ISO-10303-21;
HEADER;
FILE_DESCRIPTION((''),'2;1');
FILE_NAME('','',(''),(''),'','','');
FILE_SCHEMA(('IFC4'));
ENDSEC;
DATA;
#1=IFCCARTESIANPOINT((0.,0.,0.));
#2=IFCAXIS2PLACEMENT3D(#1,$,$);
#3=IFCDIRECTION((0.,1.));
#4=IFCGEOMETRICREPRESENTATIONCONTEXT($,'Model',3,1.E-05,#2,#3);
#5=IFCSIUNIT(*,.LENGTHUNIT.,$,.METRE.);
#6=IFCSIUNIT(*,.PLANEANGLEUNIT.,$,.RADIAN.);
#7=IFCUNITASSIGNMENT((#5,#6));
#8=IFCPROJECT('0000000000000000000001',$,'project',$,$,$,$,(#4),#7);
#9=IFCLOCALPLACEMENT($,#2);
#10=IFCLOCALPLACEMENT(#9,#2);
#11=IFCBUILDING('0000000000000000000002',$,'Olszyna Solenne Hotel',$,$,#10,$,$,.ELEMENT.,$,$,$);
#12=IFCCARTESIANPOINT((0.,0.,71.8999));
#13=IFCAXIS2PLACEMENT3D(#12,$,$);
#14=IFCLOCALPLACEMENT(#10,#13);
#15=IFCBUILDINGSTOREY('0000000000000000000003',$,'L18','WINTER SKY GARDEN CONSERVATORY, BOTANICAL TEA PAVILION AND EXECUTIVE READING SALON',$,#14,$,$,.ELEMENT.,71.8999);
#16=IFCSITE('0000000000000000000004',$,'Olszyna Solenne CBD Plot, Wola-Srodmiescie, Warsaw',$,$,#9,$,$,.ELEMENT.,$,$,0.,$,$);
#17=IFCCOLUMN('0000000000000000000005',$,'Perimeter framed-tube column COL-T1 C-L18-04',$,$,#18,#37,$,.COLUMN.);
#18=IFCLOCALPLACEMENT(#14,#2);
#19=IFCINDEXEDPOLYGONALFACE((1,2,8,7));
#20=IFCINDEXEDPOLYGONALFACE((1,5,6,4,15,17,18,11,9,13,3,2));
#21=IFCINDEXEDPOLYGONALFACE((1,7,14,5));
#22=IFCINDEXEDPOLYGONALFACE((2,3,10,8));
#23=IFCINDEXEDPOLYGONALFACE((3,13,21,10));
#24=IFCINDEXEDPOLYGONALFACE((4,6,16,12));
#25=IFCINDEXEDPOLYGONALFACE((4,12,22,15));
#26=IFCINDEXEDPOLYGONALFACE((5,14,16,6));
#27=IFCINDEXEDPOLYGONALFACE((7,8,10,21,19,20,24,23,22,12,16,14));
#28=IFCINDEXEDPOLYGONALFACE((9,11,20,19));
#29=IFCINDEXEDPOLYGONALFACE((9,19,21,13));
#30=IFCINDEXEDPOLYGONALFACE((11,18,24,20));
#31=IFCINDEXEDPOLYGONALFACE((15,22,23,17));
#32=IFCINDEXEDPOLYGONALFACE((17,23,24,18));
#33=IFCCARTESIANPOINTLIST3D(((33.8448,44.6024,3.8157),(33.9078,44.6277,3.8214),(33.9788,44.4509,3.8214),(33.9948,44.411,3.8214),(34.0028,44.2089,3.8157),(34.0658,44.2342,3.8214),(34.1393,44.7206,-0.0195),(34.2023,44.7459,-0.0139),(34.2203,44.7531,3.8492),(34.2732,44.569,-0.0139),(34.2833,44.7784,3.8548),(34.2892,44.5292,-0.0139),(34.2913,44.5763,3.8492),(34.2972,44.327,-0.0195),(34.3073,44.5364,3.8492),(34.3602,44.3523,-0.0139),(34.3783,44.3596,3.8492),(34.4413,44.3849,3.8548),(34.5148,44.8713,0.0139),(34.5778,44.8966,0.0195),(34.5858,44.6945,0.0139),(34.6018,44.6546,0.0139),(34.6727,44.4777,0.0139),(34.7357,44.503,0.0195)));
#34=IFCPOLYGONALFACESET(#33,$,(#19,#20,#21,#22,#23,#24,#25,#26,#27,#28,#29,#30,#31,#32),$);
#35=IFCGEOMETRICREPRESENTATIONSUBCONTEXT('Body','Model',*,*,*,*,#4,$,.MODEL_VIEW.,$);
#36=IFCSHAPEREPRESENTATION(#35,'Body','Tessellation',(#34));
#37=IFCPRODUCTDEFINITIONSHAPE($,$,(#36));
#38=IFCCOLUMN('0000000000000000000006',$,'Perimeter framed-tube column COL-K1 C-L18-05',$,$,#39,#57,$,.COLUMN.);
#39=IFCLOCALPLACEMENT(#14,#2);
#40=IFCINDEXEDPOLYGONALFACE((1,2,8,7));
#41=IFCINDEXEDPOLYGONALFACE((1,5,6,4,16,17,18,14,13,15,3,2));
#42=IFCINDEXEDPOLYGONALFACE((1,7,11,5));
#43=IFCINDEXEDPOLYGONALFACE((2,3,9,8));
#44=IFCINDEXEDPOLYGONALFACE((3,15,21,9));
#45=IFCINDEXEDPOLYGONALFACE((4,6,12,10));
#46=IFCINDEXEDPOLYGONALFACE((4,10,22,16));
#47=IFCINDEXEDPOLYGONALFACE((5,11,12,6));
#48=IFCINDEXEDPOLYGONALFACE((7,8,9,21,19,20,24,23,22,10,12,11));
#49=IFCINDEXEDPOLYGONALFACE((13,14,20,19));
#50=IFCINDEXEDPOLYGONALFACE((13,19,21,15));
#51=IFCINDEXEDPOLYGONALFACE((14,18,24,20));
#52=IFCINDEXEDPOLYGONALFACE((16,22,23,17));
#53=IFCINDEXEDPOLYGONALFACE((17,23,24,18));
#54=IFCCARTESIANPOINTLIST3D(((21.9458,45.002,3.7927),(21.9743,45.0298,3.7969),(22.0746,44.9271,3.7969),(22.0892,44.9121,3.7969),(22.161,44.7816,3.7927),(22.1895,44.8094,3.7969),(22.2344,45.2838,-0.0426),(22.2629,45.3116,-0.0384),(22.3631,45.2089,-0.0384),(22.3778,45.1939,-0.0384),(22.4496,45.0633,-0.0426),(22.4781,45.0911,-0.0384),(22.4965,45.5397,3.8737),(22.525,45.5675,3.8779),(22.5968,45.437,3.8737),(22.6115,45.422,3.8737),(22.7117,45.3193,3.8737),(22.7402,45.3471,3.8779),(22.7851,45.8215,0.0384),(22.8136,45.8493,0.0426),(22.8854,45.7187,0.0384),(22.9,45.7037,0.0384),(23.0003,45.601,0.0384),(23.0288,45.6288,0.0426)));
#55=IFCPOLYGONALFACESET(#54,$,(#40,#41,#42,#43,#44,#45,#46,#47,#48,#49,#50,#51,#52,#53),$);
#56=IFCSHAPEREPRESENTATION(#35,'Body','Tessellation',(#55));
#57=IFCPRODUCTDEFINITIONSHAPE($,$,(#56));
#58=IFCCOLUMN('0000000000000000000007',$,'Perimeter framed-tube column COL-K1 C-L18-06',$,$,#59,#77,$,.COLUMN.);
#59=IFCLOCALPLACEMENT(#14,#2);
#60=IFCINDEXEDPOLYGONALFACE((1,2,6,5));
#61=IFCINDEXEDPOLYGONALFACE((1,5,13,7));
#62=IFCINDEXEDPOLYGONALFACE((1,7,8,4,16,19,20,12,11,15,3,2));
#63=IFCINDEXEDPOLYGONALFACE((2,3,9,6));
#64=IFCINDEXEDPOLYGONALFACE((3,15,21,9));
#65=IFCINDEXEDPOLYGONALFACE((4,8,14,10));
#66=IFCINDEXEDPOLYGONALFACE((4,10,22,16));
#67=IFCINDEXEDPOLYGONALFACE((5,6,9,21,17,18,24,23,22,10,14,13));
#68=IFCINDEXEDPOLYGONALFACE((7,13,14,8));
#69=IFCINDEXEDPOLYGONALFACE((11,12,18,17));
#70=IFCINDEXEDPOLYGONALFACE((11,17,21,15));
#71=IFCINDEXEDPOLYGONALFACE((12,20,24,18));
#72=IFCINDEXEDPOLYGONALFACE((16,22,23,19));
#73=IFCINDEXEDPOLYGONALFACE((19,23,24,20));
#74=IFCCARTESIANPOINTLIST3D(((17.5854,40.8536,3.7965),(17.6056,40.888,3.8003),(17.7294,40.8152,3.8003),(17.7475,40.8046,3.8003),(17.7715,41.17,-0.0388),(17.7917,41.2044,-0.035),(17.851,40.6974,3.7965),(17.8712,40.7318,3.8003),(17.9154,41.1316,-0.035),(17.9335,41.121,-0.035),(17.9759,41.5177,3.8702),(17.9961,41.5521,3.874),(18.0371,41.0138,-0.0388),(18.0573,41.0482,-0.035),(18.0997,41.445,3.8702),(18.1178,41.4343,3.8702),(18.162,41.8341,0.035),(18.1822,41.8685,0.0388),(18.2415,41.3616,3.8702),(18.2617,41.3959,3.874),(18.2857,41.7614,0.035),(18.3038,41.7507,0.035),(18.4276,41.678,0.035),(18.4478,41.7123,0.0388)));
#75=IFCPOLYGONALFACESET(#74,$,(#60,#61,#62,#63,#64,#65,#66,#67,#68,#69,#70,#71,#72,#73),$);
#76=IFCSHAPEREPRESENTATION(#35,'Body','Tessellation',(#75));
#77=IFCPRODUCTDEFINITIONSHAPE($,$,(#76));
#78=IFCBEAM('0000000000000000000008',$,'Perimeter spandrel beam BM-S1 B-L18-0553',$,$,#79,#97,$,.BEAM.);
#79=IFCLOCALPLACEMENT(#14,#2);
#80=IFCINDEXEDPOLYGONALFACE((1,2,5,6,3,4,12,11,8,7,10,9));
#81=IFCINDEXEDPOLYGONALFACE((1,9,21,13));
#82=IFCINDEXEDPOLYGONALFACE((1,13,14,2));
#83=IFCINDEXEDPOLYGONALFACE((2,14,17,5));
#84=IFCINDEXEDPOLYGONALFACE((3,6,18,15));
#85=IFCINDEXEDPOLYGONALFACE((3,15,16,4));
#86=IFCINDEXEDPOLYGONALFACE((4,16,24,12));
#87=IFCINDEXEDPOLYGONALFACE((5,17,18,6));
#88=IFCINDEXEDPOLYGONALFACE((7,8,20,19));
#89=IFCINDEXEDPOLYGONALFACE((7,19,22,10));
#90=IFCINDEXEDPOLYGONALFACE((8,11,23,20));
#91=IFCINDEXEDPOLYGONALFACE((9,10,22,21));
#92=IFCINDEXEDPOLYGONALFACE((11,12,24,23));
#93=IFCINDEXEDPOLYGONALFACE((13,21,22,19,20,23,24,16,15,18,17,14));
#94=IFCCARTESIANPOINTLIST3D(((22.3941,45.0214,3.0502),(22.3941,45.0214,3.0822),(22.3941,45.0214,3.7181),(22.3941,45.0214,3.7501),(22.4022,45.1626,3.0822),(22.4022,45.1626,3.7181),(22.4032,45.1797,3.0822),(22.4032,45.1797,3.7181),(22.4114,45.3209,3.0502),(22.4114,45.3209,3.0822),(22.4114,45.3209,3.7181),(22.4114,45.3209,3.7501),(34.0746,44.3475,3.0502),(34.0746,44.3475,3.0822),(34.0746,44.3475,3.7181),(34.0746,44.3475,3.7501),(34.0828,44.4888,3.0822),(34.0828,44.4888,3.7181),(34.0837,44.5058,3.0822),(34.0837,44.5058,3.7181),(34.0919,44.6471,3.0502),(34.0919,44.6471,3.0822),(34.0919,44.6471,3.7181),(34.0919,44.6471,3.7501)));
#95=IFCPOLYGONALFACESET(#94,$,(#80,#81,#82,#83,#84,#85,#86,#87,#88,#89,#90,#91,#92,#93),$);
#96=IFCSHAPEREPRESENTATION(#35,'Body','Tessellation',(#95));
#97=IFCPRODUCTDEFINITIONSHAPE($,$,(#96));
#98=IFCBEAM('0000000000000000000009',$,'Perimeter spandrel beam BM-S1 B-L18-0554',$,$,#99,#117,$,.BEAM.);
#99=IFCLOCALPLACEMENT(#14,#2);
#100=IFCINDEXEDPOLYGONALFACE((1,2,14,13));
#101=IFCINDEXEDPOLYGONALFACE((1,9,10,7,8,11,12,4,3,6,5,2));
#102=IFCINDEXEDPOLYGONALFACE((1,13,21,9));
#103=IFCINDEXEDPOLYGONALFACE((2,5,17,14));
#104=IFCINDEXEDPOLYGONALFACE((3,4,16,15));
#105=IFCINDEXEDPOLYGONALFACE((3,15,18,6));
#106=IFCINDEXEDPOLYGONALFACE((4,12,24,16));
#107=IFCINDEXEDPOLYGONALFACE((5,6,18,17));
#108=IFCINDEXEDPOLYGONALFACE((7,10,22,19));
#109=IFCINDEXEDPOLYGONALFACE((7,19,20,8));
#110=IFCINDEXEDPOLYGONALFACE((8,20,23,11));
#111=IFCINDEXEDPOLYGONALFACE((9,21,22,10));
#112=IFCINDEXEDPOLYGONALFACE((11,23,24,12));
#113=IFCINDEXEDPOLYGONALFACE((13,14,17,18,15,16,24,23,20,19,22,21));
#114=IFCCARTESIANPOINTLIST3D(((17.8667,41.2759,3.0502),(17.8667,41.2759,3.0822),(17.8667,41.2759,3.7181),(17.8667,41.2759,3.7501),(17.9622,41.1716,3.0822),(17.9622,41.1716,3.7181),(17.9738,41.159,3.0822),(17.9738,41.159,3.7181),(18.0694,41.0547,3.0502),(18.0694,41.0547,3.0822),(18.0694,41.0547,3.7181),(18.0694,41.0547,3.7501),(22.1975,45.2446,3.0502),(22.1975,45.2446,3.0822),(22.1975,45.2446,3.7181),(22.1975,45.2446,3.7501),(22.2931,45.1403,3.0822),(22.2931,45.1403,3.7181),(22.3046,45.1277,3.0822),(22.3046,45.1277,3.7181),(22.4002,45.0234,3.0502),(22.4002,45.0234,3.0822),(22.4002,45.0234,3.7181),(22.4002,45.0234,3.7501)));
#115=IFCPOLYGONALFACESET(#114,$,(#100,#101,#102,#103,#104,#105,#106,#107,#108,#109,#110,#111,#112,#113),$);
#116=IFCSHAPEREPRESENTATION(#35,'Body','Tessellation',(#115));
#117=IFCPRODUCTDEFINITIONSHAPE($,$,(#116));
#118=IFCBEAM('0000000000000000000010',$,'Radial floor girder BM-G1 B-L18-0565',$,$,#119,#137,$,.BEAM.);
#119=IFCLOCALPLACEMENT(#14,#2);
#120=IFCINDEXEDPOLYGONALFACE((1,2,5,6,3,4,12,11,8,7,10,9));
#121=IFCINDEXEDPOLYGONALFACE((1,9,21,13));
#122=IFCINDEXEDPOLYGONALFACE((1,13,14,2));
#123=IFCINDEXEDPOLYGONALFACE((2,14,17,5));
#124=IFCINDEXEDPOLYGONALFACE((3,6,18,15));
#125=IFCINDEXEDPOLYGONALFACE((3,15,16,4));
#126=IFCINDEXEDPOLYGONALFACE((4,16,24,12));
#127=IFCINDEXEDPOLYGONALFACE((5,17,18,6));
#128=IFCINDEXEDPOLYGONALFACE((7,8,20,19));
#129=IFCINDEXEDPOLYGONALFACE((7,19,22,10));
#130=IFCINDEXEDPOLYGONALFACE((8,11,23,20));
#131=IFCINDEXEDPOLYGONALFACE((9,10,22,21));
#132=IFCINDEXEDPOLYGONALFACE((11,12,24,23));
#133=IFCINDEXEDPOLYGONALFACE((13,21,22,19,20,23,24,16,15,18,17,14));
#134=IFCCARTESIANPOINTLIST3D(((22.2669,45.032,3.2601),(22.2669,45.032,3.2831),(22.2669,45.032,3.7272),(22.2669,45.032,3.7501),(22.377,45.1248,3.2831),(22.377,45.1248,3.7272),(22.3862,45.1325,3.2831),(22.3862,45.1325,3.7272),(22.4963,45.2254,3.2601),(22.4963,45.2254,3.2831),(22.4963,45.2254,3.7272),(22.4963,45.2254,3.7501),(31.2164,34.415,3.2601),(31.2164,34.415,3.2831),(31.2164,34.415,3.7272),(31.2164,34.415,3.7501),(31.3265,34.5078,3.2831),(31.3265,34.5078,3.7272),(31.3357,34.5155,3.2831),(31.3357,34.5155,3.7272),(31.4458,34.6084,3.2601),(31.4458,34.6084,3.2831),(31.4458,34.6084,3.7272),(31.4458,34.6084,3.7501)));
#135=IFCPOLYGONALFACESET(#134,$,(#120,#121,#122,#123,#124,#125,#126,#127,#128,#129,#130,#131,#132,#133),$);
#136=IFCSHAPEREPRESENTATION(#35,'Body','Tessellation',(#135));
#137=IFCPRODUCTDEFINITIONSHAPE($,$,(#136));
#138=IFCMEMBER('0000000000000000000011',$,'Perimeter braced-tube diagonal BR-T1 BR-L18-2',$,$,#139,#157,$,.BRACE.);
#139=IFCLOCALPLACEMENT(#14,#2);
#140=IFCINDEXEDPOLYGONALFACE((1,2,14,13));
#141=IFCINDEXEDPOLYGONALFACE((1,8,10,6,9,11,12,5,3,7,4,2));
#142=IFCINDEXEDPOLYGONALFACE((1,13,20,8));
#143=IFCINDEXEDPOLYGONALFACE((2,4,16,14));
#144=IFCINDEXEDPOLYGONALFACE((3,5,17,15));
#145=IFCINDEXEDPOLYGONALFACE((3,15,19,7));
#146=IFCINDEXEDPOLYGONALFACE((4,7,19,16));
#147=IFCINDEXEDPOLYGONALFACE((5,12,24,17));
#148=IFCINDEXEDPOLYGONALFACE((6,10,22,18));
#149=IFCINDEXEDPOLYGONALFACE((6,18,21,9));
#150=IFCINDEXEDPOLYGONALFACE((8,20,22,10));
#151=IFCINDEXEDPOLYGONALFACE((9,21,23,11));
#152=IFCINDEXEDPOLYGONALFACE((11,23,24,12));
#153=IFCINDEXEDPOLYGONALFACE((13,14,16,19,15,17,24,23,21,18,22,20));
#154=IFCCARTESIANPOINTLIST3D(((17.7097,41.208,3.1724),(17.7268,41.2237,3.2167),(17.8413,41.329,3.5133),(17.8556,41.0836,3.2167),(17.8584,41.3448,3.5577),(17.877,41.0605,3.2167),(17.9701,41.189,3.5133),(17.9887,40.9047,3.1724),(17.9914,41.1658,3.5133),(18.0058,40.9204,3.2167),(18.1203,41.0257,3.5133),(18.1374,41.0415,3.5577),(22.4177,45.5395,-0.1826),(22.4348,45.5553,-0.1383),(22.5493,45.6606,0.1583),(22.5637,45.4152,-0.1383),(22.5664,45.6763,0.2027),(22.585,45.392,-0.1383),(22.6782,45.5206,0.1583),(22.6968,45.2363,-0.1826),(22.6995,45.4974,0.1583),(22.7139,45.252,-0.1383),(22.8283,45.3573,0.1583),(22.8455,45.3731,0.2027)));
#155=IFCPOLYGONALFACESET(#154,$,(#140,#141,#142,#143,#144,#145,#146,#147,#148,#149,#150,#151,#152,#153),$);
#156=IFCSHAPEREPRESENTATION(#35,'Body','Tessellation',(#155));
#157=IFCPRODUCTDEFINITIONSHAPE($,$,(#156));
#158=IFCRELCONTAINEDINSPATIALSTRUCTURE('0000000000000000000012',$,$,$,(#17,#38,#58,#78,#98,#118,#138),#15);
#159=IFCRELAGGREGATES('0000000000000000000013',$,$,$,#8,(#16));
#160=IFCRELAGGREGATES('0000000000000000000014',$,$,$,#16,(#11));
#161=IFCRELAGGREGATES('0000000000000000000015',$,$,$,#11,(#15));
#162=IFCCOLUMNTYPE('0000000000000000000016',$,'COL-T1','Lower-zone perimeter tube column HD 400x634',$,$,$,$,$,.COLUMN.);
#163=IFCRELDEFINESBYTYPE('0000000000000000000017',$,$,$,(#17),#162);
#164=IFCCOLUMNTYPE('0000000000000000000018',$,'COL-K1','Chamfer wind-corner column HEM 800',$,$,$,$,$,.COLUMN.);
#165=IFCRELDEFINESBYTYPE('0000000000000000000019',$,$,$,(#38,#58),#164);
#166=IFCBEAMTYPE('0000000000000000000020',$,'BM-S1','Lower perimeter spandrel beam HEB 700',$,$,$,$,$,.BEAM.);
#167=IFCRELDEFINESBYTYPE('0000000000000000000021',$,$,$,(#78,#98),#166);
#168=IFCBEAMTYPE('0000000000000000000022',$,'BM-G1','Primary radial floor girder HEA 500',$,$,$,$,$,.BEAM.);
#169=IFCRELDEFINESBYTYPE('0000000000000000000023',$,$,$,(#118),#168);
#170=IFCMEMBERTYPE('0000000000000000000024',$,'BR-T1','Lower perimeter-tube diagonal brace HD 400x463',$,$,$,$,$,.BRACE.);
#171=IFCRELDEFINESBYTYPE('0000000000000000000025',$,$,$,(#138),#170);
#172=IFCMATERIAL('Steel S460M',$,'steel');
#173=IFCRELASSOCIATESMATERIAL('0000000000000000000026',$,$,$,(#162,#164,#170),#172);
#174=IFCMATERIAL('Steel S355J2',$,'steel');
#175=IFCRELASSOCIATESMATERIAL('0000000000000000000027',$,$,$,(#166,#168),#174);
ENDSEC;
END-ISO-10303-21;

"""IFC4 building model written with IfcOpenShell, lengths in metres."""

from ifc_helpers import new_model, si_unit, direction, frame, origin, origin_2d, place, context, subcontext, project, spatial, i_section, extrude, source, transform, mapped, material, material_profile, profile_set, type_object, element, save


model = new_model("IFC4")

# Units and contexts
model_context = context("Model", 3, precision=1e-05, world=origin(), true_north=direction((0.0, 1.0)))
body_context = subcontext(model_context, "Body", "Model", "MODEL_VIEW")
ifc_project = project(units=[si_unit("LENGTHUNIT", "METRE"), si_unit("PLANEANGLEUNIT", "RADIAN")], contexts=[model_context])

# Site, building, storey
site_placement = place(None, origin())
site = spatial("IfcSite", under=ifc_project, at=site_placement, Name="Olszyna Solenne CBD Plot, Wola-Srodmiescie, Warsaw", CompositionType="ELEMENT", RefElevation=0.0)
building_placement = place(site_placement, origin())
building = spatial("IfcBuilding", under=site, at=building_placement, Name="Olszyna Solenne Hotel", CompositionType="ELEMENT")
storey_placement = place(building_placement, frame((0.0, 0.0, 71.8999)))
storey = spatial("IfcBuildingStorey", under=building, at=storey_placement, Name="L18", Description="WINTER SKY GARDEN CONSERVATORY, BOTANICAL TEA PAVILION AND EXECUTIVE READING SALON", CompositionType="ELEMENT", Elevation=71.8999)

# Columns
ifc_material_1 = material(Name="Steel S460M", Category="steel")
ifc_material_profile_1 = material_profile(ifc_material_1, i_section(OverallWidth=0.4241, OverallDepth=0.4741, WebThickness=0.043, FlangeThickness=0.0681, at=origin_2d()), Name="HD 400x634", Category="load-bearing")
ifc_profile_set_1 = profile_set([ifc_material_profile_1], Name="Steel S460M")
column_type_1 = type_object("IfcColumnType", Name="COL-T1", Description="Lower-zone perimeter tube column HD 400x634", PredefinedType="COLUMN", material=ifc_profile_set_1)
shared_shape_1 = source(origin(), body_context, "Body", "SweptSolid", [
    extrude(i_section(OverallWidth=0.4241, OverallDepth=0.4741, WebThickness=0.043, FlangeThickness=0.0681, at=origin_2d()), origin(), (0.0, 0.0, 1.0), 3.8484),
])
column_1_placement = place(storey_placement, frame((34.4375, 44.6118, 0.0), z_axis=(-0.07651, -0.030705, 0.996596), x_axis=(0.372452, -0.928052, 0.0)))
element("IfcColumn", 1, at=column_1_placement, inside=storey, type_object=column_type_1, Name="Perimeter framed-tube column COL-T1 C-L18-04", PredefinedType="COLUMN", context=body_context, shape_type="MappedRepresentation", body=[
    mapped(shared_shape_1, transform((0.0, 0.0, 0.0), x_axis=(1.0, 0.0, 0.0), y_axis=(0.0, 1.0, 0.0), z_axis=(0.0, 0.0, 1.0), scale=1.0)),
])
ifc_material_profile_2 = material_profile(ifc_material_1, i_section(OverallWidth=0.3081, OverallDepth=0.814, WebThickness=0.021, FlangeThickness=0.04, at=origin_2d()), Name="HEM 800", Category="load-bearing")
ifc_profile_set_2 = profile_set([ifc_material_profile_2], Name="Steel S460M")
column_type_2 = type_object("IfcColumnType", Name="COL-K1", Description="Chamfer wind-corner column HEM 800", PredefinedType="COLUMN", material=ifc_profile_set_2)
shared_shape_2 = source(origin(), body_context, "Body", "SweptSolid", [
    extrude(i_section(OverallWidth=0.3081, OverallDepth=0.814, WebThickness=0.021, FlangeThickness=0.04, at=origin_2d()), origin(), (0.0, 0.0, 1.0), 3.8564),
])
column_2_placement = place(storey_placement, frame((22.6316, 45.4563, 0.0), z_axis=(-0.074831, -0.073058, 0.994516), x_axis=(0.698581, -0.715531, 0.0)))
element("IfcColumn", 2, at=column_2_placement, inside=storey, type_object=column_type_2, Name="Perimeter framed-tube column COL-K1 C-L18-05", PredefinedType="COLUMN", context=body_context, shape_type="MappedRepresentation", body=[
    mapped(shared_shape_2, transform((0.0, 0.0, 0.0), x_axis=(1.0, 0.0, 0.0), y_axis=(0.0, 1.0, 0.0), z_axis=(0.0, 0.0, 1.0), scale=1.0)),
])
shared_shape_3 = source(origin(), body_context, "Body", "SweptSolid", [
    extrude(i_section(OverallWidth=0.3081, OverallDepth=0.814, WebThickness=0.021, FlangeThickness=0.04, at=origin_2d()), origin(), (0.0, 0.0, 1.0), 3.8528),
])
column_3_placement = place(storey_placement, frame((18.1096, 41.4412, 0.0), z_axis=(-0.048287, -0.082125, 0.995452), x_axis=(0.862037, -0.506846, 0.0)))
element("IfcColumn", 3, at=column_3_placement, inside=storey, type_object=column_type_2, Name="Perimeter framed-tube column COL-K1 C-L18-06", PredefinedType="COLUMN", context=body_context, shape_type="MappedRepresentation", body=[
    mapped(shared_shape_3, transform((0.0, 0.0, 0.0), x_axis=(1.0, 0.0, 0.0), y_axis=(0.0, 1.0, 0.0), z_axis=(0.0, 0.0, 1.0), scale=1.0)),
])

# Beams
ifc_material_2 = material(Name="Steel S355J2", Category="steel")
ifc_material_profile_3 = material_profile(ifc_material_2, i_section(OverallWidth=0.3, OverallDepth=0.7, WebThickness=0.0171, FlangeThickness=0.032, at=origin_2d()), Name="HEB 700", Category="load-bearing")
ifc_profile_set_3 = profile_set([ifc_material_profile_3], Name="Steel S355J2")
beam_type_1 = type_object("IfcBeamType", Name="BM-S1", Description="Lower perimeter spandrel beam HEB 700", PredefinedType="BEAM", material=ifc_profile_set_3)
shared_shape_4 = source(origin(), body_context, "Body", "SweptSolid", [
    extrude(i_section(OverallWidth=0.3, OverallDepth=0.7, WebThickness=0.0171, FlangeThickness=0.032, at=origin_2d()), origin(), (0.0, 0.0, 1.0), 11.7),
])
beam_1_placement = place(storey_placement, frame((34.0833, 44.4973, 3.4001), z_axis=(-0.99834, 0.057593, 0.0), x_axis=(-0.057593, -0.99834, 0.0)))
element("IfcBeam", 4, at=beam_1_placement, inside=storey, type_object=beam_type_1, Name="Perimeter spandrel beam BM-S1 B-L18-0553", PredefinedType="BEAM", context=body_context, shape_type="MappedRepresentation", body=[
    mapped(shared_shape_4, transform((0.0, 0.0, 0.0), x_axis=(1.0, 0.0, 0.0), y_axis=(0.0, 1.0, 0.0), z_axis=(0.0, 0.0, 1.0), scale=1.0)),
])
shared_shape_5 = source(origin(), body_context, "Body", "SweptSolid", [
    extrude(i_section(OverallWidth=0.3, OverallDepth=0.7, WebThickness=0.0171, FlangeThickness=0.032, at=origin_2d()), origin(), (0.0, 0.0, 1.0), 5.8743),
])
beam_2_placement = place(storey_placement, frame((22.2988, 45.134, 3.4001), z_axis=(-0.737252, -0.675617, 0.0), x_axis=(0.675617, -0.737252, 0.0)))
element("IfcBeam", 5, at=beam_2_placement, inside=storey, type_object=beam_type_1, Name="Perimeter spandrel beam BM-S1 B-L18-0554", PredefinedType="BEAM", context=body_context, shape_type="MappedRepresentation", body=[
    mapped(shared_shape_5, transform((0.0, 0.0, 0.0), x_axis=(1.0, 0.0, 0.0), y_axis=(0.0, 1.0, 0.0), z_axis=(0.0, 0.0, 1.0), scale=1.0)),
])
ifc_material_profile_4 = material_profile(ifc_material_2, i_section(OverallWidth=0.3, OverallDepth=0.49, WebThickness=0.012, FlangeThickness=0.0229, at=origin_2d()), Name="HEA 500", Category="load-bearing")
ifc_profile_set_4 = profile_set([ifc_material_profile_4], Name="Steel S355J2")
beam_type_2 = type_object("IfcBeamType", Name="BM-G1", Description="Primary radial floor girder HEA 500", PredefinedType="BEAM", material=ifc_profile_set_4)
shared_shape_6 = source(origin(), body_context, "Body", "SweptSolid", [
    extrude(i_section(OverallWidth=0.3, OverallDepth=0.49, WebThickness=0.012, FlangeThickness=0.0229, at=origin_2d()), origin(), (0.0, 0.0, 1.0), 13.8857),
])
beam_3_placement = place(storey_placement, frame((22.3816, 45.1287, 3.5051), z_axis=(0.64451, -0.764596, 0.0), x_axis=(0.764596, 0.64451, 0.0)))
element("IfcBeam", 6, at=beam_3_placement, inside=storey, type_object=beam_type_2, Name="Radial floor girder BM-G1 B-L18-0565", PredefinedType="BEAM", context=body_context, shape_type="MappedRepresentation", body=[
    mapped(shared_shape_6, transform((0.0, 0.0, 0.0), x_axis=(1.0, 0.0, 0.0), y_axis=(0.0, 1.0, 0.0), z_axis=(0.0, 0.0, 1.0), scale=1.0)),
])

# Member
ifc_material_profile_5 = material_profile(ifc_material_1, i_section(OverallWidth=0.4121, OverallDepth=0.4351, WebThickness=0.0315, FlangeThickness=0.05, at=origin_2d()), Name="HD 400x463", Category="load-bearing")
ifc_profile_set_5 = profile_set([ifc_material_profile_5], Name="Steel S460M")
member_type = type_object("IfcMemberType", Name="BR-T1", Description="Lower perimeter-tube diagonal brace HD 400x463", PredefinedType="BRACE", material=ifc_profile_set_5)
shared_shape_7 = source(origin(), body_context, "Body", "SweptSolid", [
    extrude(i_section(OverallWidth=0.4121, OverallDepth=0.4351, WebThickness=0.0315, FlangeThickness=0.05, at=origin_2d()), origin(), (0.0, 0.0, 1.0), 7.2239),
])
member_placement = place(storey_placement, frame((22.6316, 45.4563, 0.01), z_axis=(-0.651734, -0.59962, 0.464433), x_axis=(0.677071, -0.735917, 0.0)))
element("IfcMember", 7, at=member_placement, inside=storey, type_object=member_type, Name="Perimeter braced-tube diagonal BR-T1 BR-L18-2", PredefinedType="BRACE", context=body_context, shape_type="MappedRepresentation", body=[
    mapped(shared_shape_7, transform((0.0, 0.0, 0.0), x_axis=(1.0, 0.0, 0.0), y_axis=(0.0, 1.0, 0.0), z_axis=(0.0, 0.0, 1.0), scale=1.0)),
])

save(model, "model.ifc")
